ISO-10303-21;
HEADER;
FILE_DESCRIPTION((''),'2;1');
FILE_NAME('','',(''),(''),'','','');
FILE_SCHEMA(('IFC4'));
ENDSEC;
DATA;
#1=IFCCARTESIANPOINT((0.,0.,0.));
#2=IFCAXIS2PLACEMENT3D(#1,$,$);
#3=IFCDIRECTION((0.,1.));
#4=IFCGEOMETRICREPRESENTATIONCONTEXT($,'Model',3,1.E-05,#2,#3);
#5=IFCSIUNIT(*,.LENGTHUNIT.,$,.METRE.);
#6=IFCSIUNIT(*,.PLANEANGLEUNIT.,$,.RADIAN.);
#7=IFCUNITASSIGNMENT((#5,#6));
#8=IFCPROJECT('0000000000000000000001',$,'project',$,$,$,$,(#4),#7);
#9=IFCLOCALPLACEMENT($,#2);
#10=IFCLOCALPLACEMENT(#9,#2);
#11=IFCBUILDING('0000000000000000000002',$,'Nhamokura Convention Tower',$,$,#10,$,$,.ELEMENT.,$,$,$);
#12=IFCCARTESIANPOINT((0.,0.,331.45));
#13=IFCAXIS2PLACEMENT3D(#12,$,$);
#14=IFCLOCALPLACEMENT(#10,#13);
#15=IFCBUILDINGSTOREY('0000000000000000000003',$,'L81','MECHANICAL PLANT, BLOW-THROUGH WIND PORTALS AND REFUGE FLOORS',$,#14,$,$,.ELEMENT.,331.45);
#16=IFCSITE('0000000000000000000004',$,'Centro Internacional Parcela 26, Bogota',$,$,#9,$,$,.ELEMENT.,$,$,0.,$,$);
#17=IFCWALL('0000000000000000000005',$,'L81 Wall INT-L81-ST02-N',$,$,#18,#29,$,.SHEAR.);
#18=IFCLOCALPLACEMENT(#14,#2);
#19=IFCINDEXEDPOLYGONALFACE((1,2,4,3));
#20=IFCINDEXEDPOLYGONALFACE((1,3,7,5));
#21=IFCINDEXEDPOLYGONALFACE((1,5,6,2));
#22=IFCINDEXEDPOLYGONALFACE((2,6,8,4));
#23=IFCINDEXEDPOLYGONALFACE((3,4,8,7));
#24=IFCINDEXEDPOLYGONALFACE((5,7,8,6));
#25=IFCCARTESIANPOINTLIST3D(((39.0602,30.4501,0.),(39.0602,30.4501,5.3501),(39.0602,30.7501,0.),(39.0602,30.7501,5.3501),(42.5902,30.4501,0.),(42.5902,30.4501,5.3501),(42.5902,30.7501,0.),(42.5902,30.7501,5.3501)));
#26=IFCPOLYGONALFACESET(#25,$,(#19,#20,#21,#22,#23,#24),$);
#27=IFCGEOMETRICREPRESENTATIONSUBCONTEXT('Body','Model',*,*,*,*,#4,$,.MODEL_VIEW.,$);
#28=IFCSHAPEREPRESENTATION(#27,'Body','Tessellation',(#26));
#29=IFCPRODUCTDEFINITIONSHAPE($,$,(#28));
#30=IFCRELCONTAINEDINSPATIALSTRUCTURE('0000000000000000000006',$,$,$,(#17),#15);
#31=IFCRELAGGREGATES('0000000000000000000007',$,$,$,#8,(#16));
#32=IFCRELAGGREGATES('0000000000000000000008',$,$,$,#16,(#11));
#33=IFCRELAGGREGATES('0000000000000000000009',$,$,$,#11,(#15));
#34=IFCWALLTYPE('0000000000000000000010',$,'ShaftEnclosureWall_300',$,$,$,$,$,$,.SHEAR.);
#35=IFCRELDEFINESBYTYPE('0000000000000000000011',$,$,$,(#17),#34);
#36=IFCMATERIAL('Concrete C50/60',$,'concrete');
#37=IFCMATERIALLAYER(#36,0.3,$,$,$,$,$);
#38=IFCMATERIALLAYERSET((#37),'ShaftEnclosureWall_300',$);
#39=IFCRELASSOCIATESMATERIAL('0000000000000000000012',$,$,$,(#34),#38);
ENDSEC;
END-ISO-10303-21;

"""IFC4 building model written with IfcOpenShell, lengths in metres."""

from ifc_helpers import new_model, si_unit, direction, frame, frame_2d, origin, place, context, subcontext, project, spatial, rectangle, extrude, material, layer, layer_set, type_object, element, save


model = new_model("IFC4")

# Units and contexts
model_context = context("Model", 3, precision=1e-05, world=origin(), true_north=direction((0.0, 1.0)))
body_context = subcontext(model_context, "Body", "Model", "MODEL_VIEW")
ifc_project = project(units=[si_unit("LENGTHUNIT", "METRE"), si_unit("PLANEANGLEUNIT", "RADIAN")], contexts=[model_context])

# Site, building, storey
site_placement = place(None, origin())
site = spatial("IfcSite", under=ifc_project, at=site_placement, Name="Centro Internacional Parcela 26, Bogota", CompositionType="ELEMENT", RefElevation=0.0)
building_placement = place(site_placement, origin())
building = spatial("IfcBuilding", under=site, at=building_placement, Name="Nhamokura Convention Tower", CompositionType="ELEMENT")
storey_placement = place(building_placement, frame((0.0, 0.0, 331.45)))
storey = spatial("IfcBuildingStorey", under=building, at=storey_placement, Name="L81", Description="MECHANICAL PLANT, BLOW-THROUGH WIND PORTALS AND REFUGE FLOORS", CompositionType="ELEMENT", Elevation=331.45)

# Wall
ifc_material_1 = material(Name="Concrete C50/60", Category="concrete")
ifc_layer_1 = layer(ifc_material_1, 0.3)
ifc_layer_set_1 = layer_set([ifc_layer_1], Name="ShaftEnclosureWall_300")
wall_type_1 = type_object("IfcWallType", Name="ShaftEnclosureWall_300", PredefinedType="SHEAR", material=ifc_layer_set_1)
wall_1_placement = place(storey_placement, frame((39.0601, 30.6001, 0.0), z_axis=(0.0, 0.0, 1.0), x_axis=(1.0, 0.0, 0.0)))
element("IfcWall", 1, at=wall_1_placement, inside=storey, type_object=wall_type_1, Name="L81 Wall INT-L81-ST02-N", PredefinedType="SHEAR", context=body_context, shape_type="SweptSolid", body=[
    extrude(rectangle(XDim=3.53, YDim=0.3, at=frame_2d((1.7651, 0.0))), origin(), (0.0, 0.0, 1.0), 5.3501),
])

save(model, "model.ifc")
